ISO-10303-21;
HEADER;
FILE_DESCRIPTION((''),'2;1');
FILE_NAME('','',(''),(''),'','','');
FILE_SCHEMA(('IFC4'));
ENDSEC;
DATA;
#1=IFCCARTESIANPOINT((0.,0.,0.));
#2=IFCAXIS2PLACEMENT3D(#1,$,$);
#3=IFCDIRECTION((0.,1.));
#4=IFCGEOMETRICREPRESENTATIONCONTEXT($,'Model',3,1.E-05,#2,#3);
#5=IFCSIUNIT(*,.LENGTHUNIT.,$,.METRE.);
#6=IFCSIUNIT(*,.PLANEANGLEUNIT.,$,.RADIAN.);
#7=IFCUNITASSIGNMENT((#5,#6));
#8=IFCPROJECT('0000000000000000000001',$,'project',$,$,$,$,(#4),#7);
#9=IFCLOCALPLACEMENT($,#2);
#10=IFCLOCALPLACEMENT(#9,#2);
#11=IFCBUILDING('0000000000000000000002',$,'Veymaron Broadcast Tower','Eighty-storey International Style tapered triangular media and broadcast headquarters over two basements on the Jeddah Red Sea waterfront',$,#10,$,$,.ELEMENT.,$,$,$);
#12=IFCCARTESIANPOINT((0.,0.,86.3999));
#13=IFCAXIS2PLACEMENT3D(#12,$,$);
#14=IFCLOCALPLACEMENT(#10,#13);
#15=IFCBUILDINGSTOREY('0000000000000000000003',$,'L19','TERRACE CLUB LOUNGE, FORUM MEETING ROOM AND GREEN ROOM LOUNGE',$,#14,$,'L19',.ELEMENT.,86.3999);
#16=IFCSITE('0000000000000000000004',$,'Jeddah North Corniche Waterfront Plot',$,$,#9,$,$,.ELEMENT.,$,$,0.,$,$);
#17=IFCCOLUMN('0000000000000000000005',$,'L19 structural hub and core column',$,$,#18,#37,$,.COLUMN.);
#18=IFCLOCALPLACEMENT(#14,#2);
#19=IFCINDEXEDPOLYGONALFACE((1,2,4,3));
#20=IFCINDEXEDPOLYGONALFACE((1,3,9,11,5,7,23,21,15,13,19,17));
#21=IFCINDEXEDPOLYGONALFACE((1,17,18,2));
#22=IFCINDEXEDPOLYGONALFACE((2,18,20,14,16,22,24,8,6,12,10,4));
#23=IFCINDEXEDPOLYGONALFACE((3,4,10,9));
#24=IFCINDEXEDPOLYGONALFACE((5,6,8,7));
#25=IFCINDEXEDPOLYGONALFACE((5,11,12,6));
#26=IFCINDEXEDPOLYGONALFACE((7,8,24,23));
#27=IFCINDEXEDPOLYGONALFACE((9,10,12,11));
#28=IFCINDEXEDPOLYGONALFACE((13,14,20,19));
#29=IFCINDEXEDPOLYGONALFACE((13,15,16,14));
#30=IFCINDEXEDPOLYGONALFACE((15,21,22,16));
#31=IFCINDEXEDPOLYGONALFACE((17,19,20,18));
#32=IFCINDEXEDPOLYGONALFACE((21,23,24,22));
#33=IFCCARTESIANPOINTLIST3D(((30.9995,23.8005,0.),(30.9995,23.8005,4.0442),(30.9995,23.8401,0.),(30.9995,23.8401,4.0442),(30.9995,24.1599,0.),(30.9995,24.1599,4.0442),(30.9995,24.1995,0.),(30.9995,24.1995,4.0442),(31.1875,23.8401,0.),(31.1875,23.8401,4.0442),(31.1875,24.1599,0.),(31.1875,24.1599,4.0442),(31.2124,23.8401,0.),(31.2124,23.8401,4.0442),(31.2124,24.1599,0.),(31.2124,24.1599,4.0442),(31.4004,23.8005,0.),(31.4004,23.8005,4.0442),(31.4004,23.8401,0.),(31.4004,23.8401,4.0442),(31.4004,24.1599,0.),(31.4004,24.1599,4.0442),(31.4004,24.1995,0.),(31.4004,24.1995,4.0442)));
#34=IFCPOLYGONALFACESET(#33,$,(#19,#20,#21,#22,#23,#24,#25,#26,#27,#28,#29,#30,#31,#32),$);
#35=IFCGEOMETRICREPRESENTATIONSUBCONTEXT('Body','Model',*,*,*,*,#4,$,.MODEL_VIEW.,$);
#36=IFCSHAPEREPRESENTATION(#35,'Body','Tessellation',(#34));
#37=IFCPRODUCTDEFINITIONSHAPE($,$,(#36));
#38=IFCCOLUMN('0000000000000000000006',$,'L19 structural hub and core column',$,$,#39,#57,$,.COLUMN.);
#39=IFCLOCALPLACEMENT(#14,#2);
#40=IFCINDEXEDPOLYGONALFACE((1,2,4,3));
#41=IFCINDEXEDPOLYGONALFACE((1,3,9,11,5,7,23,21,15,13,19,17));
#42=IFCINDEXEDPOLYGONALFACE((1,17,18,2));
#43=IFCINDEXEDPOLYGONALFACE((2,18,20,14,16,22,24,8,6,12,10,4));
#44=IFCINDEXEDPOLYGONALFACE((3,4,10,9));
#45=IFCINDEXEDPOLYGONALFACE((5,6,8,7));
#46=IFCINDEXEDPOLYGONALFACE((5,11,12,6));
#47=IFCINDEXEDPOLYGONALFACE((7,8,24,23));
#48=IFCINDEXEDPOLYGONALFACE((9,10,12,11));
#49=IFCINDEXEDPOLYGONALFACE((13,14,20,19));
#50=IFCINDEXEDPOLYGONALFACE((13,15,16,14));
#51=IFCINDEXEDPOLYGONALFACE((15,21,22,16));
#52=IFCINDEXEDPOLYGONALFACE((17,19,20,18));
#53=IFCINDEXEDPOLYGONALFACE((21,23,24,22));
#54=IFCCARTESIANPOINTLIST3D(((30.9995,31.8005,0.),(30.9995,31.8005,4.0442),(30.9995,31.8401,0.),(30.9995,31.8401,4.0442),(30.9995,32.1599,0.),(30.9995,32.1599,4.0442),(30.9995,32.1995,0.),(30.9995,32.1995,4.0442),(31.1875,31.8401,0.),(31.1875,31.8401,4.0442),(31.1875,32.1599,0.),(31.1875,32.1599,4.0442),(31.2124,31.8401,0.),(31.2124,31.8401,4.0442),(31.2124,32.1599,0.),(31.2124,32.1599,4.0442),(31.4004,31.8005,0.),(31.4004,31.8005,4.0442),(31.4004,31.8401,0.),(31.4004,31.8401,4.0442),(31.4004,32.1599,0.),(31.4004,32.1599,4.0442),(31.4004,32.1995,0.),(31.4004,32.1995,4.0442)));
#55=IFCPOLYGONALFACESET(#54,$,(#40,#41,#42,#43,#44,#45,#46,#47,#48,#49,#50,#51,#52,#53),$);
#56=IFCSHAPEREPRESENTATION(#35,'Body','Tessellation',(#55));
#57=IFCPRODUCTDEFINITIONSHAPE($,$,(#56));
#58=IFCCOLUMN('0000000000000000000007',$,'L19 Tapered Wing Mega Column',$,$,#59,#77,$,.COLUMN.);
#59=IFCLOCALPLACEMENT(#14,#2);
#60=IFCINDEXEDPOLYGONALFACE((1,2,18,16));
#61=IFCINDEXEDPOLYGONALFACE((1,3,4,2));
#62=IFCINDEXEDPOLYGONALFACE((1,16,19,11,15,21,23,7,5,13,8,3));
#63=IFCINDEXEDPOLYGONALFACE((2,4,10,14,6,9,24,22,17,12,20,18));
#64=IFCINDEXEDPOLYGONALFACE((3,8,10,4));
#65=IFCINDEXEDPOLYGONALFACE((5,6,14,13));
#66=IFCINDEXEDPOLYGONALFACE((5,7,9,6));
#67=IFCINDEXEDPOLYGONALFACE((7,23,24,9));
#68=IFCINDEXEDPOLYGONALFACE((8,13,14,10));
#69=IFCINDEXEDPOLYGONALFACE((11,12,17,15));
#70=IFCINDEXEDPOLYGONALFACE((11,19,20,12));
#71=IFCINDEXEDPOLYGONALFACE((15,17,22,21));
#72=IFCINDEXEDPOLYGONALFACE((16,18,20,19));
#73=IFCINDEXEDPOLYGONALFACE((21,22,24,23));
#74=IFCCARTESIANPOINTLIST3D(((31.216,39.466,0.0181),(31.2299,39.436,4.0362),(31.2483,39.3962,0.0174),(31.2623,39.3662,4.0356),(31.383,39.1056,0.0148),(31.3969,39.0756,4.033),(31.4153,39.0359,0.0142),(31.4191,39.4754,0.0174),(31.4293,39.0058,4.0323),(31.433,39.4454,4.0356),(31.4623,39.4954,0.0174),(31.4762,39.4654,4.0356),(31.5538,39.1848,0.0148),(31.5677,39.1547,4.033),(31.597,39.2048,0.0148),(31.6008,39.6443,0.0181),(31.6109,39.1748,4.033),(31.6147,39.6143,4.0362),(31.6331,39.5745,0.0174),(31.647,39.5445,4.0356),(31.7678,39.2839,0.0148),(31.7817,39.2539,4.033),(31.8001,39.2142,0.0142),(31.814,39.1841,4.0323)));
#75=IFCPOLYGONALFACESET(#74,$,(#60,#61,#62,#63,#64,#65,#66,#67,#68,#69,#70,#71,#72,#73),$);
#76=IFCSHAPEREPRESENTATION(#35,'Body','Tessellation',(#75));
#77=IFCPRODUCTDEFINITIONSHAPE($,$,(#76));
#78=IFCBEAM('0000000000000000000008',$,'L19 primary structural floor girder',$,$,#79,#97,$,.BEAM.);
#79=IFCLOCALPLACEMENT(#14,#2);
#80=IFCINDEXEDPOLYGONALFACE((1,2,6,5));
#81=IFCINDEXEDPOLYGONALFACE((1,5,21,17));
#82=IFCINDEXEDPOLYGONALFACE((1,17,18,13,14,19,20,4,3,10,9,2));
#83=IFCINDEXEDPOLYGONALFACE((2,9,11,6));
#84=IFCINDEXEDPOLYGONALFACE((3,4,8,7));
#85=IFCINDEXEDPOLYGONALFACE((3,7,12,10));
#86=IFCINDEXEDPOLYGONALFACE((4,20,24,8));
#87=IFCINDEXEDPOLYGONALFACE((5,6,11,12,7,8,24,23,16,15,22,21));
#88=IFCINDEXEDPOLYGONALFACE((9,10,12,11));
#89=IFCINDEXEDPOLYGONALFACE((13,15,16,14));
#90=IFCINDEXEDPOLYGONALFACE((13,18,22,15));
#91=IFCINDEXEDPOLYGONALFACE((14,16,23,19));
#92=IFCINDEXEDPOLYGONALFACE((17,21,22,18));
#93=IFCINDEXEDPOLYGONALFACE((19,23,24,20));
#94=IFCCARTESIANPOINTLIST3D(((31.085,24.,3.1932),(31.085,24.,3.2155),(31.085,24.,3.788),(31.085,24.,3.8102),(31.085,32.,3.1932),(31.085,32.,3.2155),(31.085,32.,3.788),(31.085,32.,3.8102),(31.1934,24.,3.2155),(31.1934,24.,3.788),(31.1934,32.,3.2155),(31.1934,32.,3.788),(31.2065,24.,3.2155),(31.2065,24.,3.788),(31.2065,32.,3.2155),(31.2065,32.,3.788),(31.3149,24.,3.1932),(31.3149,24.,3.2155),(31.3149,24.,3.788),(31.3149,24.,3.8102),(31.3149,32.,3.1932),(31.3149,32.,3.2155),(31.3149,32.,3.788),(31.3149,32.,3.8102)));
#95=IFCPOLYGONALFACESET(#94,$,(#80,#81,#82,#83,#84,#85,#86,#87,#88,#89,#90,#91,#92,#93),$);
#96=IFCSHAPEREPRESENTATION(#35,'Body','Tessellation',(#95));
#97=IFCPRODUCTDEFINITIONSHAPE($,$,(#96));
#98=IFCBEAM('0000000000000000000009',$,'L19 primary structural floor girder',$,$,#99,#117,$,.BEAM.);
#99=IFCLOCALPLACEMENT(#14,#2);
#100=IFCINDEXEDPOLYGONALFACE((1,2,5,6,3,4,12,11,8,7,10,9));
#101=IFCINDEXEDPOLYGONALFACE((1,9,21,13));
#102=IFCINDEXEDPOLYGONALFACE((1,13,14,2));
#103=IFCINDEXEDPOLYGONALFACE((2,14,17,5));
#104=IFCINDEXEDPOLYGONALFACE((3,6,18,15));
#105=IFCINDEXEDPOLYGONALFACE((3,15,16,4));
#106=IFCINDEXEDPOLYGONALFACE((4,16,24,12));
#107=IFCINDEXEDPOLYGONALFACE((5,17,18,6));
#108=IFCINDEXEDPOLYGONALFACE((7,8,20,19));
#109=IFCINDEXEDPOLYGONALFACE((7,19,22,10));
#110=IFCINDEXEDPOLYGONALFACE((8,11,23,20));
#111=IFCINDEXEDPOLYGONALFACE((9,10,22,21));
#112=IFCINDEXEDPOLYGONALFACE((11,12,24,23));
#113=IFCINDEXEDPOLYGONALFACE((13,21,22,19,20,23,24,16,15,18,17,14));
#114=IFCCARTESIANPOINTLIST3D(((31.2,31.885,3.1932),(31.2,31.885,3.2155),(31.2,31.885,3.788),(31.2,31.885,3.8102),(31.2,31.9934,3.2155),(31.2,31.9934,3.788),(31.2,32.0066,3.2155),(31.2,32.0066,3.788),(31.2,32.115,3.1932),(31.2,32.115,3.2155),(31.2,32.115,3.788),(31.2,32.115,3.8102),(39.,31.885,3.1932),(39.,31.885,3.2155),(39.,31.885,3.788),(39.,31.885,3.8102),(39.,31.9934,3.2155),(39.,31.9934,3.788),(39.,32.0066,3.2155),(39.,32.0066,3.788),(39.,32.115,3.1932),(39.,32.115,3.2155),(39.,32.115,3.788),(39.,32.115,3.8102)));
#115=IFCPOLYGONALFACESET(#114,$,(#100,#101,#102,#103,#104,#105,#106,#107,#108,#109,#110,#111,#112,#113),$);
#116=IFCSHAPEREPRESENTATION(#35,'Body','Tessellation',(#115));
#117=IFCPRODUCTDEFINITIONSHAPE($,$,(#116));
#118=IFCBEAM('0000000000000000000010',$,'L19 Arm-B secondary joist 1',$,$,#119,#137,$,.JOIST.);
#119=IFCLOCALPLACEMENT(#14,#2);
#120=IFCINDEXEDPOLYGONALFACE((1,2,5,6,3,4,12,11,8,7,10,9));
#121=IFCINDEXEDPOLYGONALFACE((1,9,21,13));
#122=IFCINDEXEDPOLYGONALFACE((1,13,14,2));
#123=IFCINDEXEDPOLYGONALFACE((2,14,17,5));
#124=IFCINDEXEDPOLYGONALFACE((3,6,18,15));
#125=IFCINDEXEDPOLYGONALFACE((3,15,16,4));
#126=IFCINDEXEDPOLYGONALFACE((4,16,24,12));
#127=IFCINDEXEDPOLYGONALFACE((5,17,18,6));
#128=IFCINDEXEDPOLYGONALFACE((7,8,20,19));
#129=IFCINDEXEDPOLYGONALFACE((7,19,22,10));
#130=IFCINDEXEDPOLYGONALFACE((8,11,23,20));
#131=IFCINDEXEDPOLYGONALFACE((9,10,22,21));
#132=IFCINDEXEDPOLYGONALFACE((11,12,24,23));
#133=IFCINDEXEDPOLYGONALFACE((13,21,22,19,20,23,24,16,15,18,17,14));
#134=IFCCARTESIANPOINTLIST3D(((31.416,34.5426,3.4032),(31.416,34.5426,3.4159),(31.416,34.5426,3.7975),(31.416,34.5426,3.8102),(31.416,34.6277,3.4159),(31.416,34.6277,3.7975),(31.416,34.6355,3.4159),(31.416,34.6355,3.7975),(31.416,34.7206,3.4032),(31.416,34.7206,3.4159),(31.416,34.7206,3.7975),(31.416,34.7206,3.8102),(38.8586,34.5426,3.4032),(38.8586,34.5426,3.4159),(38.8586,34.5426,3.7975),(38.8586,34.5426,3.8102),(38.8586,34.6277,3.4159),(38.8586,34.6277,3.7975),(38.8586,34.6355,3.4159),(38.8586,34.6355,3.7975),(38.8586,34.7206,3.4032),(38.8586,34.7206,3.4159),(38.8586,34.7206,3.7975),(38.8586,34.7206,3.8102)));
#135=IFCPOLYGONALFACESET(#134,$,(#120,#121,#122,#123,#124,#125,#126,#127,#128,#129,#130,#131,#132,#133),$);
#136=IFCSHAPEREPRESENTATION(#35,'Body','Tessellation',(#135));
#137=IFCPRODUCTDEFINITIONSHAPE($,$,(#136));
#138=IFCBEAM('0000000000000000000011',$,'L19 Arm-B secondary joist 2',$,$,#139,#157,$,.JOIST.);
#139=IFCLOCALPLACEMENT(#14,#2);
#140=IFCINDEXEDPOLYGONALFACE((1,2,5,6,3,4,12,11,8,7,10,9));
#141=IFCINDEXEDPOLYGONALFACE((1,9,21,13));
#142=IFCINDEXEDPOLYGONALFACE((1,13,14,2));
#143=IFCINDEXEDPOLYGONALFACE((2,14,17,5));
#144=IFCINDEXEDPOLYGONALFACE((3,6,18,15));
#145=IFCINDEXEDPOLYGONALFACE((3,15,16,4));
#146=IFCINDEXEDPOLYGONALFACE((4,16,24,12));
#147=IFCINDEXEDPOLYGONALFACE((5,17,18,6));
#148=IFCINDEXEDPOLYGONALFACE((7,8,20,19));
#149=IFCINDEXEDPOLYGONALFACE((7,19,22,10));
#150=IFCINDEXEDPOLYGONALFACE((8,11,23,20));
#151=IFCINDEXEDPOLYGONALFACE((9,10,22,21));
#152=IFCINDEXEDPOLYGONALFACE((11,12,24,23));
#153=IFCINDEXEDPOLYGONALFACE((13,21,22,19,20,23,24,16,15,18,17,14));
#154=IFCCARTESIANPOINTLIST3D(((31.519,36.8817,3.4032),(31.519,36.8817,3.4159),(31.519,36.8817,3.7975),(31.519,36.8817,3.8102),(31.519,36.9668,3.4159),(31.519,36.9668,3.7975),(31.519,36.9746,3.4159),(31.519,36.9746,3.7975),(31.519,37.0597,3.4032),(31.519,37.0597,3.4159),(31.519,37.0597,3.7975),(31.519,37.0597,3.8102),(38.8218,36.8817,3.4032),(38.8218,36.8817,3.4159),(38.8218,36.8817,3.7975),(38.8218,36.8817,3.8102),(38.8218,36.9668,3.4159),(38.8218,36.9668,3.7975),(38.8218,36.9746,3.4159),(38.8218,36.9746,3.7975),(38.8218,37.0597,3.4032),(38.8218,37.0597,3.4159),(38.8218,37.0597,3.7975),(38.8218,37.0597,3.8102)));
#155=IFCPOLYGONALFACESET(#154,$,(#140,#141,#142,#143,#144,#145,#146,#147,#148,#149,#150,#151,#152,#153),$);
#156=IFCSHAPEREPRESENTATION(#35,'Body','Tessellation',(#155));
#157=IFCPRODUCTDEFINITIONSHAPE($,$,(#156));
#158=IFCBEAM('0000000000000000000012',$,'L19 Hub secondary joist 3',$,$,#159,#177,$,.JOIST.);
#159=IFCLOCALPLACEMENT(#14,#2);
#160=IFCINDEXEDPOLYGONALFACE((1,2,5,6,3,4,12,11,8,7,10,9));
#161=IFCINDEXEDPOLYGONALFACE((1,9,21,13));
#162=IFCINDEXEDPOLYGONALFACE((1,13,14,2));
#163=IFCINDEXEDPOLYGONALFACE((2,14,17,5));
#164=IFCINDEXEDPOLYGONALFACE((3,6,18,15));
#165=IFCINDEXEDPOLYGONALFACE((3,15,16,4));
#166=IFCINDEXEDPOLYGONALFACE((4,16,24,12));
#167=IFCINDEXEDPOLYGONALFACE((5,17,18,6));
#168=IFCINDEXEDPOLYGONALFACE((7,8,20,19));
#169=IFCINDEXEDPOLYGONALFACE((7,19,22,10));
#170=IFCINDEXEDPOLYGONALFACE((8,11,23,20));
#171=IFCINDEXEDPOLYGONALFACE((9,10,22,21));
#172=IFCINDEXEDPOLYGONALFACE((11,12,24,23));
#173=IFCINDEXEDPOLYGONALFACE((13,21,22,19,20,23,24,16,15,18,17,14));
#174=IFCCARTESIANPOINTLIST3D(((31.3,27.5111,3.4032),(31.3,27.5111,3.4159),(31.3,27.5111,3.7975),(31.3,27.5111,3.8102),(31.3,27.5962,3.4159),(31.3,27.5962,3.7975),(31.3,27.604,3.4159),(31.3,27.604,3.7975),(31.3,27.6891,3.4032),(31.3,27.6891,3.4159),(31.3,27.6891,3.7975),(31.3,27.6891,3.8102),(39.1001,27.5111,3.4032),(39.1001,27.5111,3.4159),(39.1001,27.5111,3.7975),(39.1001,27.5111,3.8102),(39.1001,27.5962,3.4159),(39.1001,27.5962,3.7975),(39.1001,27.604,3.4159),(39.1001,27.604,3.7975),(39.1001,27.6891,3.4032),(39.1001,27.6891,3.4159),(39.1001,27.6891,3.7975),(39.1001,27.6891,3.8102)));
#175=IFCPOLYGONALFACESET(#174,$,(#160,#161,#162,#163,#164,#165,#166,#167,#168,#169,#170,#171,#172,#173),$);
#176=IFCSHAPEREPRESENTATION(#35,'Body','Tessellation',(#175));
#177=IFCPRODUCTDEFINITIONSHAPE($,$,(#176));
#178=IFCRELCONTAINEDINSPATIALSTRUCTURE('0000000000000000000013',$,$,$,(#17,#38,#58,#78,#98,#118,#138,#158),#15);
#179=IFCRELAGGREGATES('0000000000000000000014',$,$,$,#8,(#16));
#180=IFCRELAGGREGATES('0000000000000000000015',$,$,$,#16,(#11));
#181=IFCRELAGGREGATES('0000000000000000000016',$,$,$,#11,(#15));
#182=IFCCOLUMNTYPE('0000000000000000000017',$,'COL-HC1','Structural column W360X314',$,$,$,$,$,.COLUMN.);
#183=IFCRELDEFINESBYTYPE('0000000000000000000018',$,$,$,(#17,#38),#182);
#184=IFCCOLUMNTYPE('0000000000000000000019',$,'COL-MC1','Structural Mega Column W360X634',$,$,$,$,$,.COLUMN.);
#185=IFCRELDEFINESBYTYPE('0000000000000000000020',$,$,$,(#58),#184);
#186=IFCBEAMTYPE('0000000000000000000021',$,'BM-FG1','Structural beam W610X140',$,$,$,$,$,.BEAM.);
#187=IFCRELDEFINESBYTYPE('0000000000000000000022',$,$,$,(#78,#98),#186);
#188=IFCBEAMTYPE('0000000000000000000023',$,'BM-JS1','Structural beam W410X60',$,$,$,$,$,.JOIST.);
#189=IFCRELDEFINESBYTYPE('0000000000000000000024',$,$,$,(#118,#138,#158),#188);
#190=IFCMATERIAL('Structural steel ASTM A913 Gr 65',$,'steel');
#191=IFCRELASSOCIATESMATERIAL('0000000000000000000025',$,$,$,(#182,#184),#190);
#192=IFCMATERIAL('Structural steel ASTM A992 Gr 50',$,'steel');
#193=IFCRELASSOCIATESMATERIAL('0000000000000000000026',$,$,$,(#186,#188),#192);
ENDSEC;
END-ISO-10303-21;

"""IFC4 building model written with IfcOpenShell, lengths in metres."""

from ifc_helpers import new_model, si_unit, direction, frame, origin, origin_2d, place, context, subcontext, project, spatial, i_section, extrude, material, material_profile, profile_set, type_object, element, save


model = new_model("IFC4")

# Units and contexts
model_context = context("Model", 3, precision=1e-05, world=origin(), true_north=direction((0.0, 1.0)))
body_context = subcontext(model_context, "Body", "Model", "MODEL_VIEW")
ifc_project = project(units=[si_unit("LENGTHUNIT", "METRE"), si_unit("PLANEANGLEUNIT", "RADIAN")], contexts=[model_context])

# Site, building, storey
site_placement = place(None, origin())
site = spatial("IfcSite", under=ifc_project, at=site_placement, Name="Jeddah North Corniche Waterfront Plot", CompositionType="ELEMENT", RefElevation=0.0)
building_placement = place(site_placement, origin())
building = spatial("IfcBuilding", under=site, at=building_placement, Name="Veymaron Broadcast Tower", Description="Eighty-storey International Style tapered triangular media and broadcast headquarters over two basements on the Jeddah Red Sea waterfront", CompositionType="ELEMENT")
storey_placement = place(building_placement, frame((0.0, 0.0, 86.3999)))
storey = spatial("IfcBuildingStorey", under=building, at=storey_placement, Name="L19", Description="TERRACE CLUB LOUNGE, FORUM MEETING ROOM AND GREEN ROOM LOUNGE", LongName="L19", CompositionType="ELEMENT", Elevation=86.3999)

# Columns
ifc_material_1 = material(Name="Structural steel ASTM A913 Gr 65", Category="steel")
ifc_material_profile_1 = material_profile(ifc_material_1, i_section(OverallWidth=0.4009, OverallDepth=0.3989, WebThickness=0.0249, FlangeThickness=0.0396, at=origin_2d()), Name="W360X314")
ifc_profile_set_1 = profile_set([ifc_material_profile_1], Name="Structural steel ASTM A913 Gr 65")
column_type_1 = type_object("IfcColumnType", Name="COL-HC1", Description="Structural column W360X314", PredefinedType="COLUMN", material=ifc_profile_set_1)
for number, where, z_axis, x_axis, name in (
    (1, (31.2, 24.0, 0.0), (0.0, 0.0, 1.0), (1.0, 0.0, 0.0), "L19 structural hub and core column"),
    (2, (31.2, 32.0, 0.0), (0.0, 0.0, 1.0), (1.0, 0.0, 0.0), "L19 structural hub and core column"),
):
    element("IfcColumn", number, at=place(storey_placement, frame(where, z_axis=z_axis, x_axis=x_axis)), inside=storey, type_object=column_type_1, Name=name, PredefinedType="COLUMN", context=body_context, shape_type="SweptSolid", body=[
        extrude(i_section(OverallWidth=0.4009, OverallDepth=0.3989, WebThickness=0.0249, FlangeThickness=0.0396, at=origin_2d()), origin(), (0.0, 0.0, 1.0), 4.0442),
    ])
ifc_material_profile_2 = material_profile(ifc_material_1, i_section(OverallWidth=0.4241, OverallDepth=0.4741, WebThickness=0.0476, FlangeThickness=0.0769, at=origin_2d()), Name="W360X634")
ifc_profile_set_2 = profile_set([ifc_material_profile_2], Name="Structural steel ASTM A913 Gr 65")
column_type_2 = type_object("IfcColumnType", Name="COL-MC1", Description="Structural Mega Column W360X634", PredefinedType="COLUMN", material=ifc_profile_set_2)
column_placement = place(storey_placement, frame((31.5081, 39.3401, 0.0161), z_axis=(0.003463, -0.007473, 0.999966), x_axis=(0.907311, 0.420461, 0.0)))
element("IfcColumn", 3, at=column_placement, inside=storey, type_object=column_type_2, Name="L19 Tapered Wing Mega Column", PredefinedType="COLUMN", context=body_context, shape_type="SweptSolid", body=[
    extrude(i_section(OverallWidth=0.4241, OverallDepth=0.4741, WebThickness=0.0476, FlangeThickness=0.0769, at=origin_2d()), origin(), (0.0, 0.0, 1.0), 4.0183),
])

# Beams
ifc_material_2 = material(Name="Structural steel ASTM A992 Gr 50", Category="steel")
ifc_material_profile_3 = material_profile(ifc_material_2, i_section(OverallWidth=0.23, OverallDepth=0.6169, WebThickness=0.0132, FlangeThickness=0.0222, at=origin_2d()), Name="W610X140")
ifc_profile_set_3 = profile_set([ifc_material_profile_3], Name="Structural steel ASTM A992 Gr 50")
beam_type_1 = type_object("IfcBeamType", Name="BM-FG1", Description="Structural beam W610X140", PredefinedType="BEAM", material=ifc_profile_set_3)
beam_1_placement = place(storey_placement, frame((31.2, 24.0, 3.5017), z_axis=(0.0, 1.0, 0.0), x_axis=(-1.0, 0.0, 0.0)))
element("IfcBeam", 4, at=beam_1_placement, inside=storey, type_object=beam_type_1, Name="L19 primary structural floor girder", PredefinedType="BEAM", context=body_context, shape_type="SweptSolid", body=[
    extrude(i_section(OverallWidth=0.23, OverallDepth=0.6169, WebThickness=0.0132, FlangeThickness=0.0222, at=origin_2d()), origin(), (0.0, 0.0, 1.0), 8.0),
])
beam_2_placement = place(storey_placement, frame((31.2, 32.0, 3.5017), z_axis=(1.0, 0.0, 0.0), x_axis=(0.0, 1.0, 0.0)))
element("IfcBeam", 5, at=beam_2_placement, inside=storey, type_object=beam_type_1, Name="L19 primary structural floor girder", PredefinedType="BEAM", context=body_context, shape_type="SweptSolid", body=[
    extrude(i_section(OverallWidth=0.23, OverallDepth=0.6169, WebThickness=0.0132, FlangeThickness=0.0222, at=origin_2d()), origin(), (0.0, 0.0, 1.0), 7.8),
])
ifc_material_profile_4 = material_profile(ifc_material_2, i_section(OverallWidth=0.178, OverallDepth=0.407, WebThickness=0.0078, FlangeThickness=0.0127, at=origin_2d()), Name="W410X60")
ifc_profile_set_4 = profile_set([ifc_material_profile_4], Name="Structural steel ASTM A992 Gr 50")
beam_type_2 = type_object("IfcBeamType", Name="BM-JS1", Description="Structural beam W410X60", PredefinedType="JOIST", material=ifc_profile_set_4)
beam_3_placement = place(storey_placement, frame((31.416, 34.6316, 3.6067), z_axis=(1.0, 0.0, 0.0), x_axis=(0.0, 1.0, 0.0)))
element("IfcBeam", 6, at=beam_3_placement, inside=storey, type_object=beam_type_2, Name="L19 Arm-B secondary joist 1", PredefinedType="JOIST", context=body_context, shape_type="SweptSolid", body=[
    extrude(i_section(OverallWidth=0.178, OverallDepth=0.407, WebThickness=0.0078, FlangeThickness=0.0127, at=origin_2d()), origin(), (0.0, 0.0, 1.0), 7.4426),
])
beam_4_placement = place(storey_placement, frame((31.519, 36.9707, 3.6067), z_axis=(1.0, 0.0, 0.0), x_axis=(0.0, 1.0, 0.0)))
element("IfcBeam", 7, at=beam_4_placement, inside=storey, type_object=beam_type_2, Name="L19 Arm-B secondary joist 2", PredefinedType="JOIST", context=body_context, shape_type="SweptSolid", body=[
    extrude(i_section(OverallWidth=0.178, OverallDepth=0.407, WebThickness=0.0078, FlangeThickness=0.0127, at=origin_2d()), origin(), (0.0, 0.0, 1.0), 7.3027),
])
for number, where, z_axis, x_axis, name in (
    (8, (31.3, 27.6001, 3.6067), (1.0, 0.0, 0.0), (0.0, 1.0, 0.0), "L19 Hub secondary joist 3"),
):
    element("IfcBeam", number, at=place(storey_placement, frame(where, z_axis=z_axis, x_axis=x_axis)), inside=storey, type_object=beam_type_2, Name=name, PredefinedType="JOIST", context=body_context, shape_type="SweptSolid", body=[
        extrude(i_section(OverallWidth=0.178, OverallDepth=0.407, WebThickness=0.0078, FlangeThickness=0.0127, at=origin_2d()), origin(), (0.0, 0.0, 1.0), 7.8),
    ])

save(model, "model.ifc")
